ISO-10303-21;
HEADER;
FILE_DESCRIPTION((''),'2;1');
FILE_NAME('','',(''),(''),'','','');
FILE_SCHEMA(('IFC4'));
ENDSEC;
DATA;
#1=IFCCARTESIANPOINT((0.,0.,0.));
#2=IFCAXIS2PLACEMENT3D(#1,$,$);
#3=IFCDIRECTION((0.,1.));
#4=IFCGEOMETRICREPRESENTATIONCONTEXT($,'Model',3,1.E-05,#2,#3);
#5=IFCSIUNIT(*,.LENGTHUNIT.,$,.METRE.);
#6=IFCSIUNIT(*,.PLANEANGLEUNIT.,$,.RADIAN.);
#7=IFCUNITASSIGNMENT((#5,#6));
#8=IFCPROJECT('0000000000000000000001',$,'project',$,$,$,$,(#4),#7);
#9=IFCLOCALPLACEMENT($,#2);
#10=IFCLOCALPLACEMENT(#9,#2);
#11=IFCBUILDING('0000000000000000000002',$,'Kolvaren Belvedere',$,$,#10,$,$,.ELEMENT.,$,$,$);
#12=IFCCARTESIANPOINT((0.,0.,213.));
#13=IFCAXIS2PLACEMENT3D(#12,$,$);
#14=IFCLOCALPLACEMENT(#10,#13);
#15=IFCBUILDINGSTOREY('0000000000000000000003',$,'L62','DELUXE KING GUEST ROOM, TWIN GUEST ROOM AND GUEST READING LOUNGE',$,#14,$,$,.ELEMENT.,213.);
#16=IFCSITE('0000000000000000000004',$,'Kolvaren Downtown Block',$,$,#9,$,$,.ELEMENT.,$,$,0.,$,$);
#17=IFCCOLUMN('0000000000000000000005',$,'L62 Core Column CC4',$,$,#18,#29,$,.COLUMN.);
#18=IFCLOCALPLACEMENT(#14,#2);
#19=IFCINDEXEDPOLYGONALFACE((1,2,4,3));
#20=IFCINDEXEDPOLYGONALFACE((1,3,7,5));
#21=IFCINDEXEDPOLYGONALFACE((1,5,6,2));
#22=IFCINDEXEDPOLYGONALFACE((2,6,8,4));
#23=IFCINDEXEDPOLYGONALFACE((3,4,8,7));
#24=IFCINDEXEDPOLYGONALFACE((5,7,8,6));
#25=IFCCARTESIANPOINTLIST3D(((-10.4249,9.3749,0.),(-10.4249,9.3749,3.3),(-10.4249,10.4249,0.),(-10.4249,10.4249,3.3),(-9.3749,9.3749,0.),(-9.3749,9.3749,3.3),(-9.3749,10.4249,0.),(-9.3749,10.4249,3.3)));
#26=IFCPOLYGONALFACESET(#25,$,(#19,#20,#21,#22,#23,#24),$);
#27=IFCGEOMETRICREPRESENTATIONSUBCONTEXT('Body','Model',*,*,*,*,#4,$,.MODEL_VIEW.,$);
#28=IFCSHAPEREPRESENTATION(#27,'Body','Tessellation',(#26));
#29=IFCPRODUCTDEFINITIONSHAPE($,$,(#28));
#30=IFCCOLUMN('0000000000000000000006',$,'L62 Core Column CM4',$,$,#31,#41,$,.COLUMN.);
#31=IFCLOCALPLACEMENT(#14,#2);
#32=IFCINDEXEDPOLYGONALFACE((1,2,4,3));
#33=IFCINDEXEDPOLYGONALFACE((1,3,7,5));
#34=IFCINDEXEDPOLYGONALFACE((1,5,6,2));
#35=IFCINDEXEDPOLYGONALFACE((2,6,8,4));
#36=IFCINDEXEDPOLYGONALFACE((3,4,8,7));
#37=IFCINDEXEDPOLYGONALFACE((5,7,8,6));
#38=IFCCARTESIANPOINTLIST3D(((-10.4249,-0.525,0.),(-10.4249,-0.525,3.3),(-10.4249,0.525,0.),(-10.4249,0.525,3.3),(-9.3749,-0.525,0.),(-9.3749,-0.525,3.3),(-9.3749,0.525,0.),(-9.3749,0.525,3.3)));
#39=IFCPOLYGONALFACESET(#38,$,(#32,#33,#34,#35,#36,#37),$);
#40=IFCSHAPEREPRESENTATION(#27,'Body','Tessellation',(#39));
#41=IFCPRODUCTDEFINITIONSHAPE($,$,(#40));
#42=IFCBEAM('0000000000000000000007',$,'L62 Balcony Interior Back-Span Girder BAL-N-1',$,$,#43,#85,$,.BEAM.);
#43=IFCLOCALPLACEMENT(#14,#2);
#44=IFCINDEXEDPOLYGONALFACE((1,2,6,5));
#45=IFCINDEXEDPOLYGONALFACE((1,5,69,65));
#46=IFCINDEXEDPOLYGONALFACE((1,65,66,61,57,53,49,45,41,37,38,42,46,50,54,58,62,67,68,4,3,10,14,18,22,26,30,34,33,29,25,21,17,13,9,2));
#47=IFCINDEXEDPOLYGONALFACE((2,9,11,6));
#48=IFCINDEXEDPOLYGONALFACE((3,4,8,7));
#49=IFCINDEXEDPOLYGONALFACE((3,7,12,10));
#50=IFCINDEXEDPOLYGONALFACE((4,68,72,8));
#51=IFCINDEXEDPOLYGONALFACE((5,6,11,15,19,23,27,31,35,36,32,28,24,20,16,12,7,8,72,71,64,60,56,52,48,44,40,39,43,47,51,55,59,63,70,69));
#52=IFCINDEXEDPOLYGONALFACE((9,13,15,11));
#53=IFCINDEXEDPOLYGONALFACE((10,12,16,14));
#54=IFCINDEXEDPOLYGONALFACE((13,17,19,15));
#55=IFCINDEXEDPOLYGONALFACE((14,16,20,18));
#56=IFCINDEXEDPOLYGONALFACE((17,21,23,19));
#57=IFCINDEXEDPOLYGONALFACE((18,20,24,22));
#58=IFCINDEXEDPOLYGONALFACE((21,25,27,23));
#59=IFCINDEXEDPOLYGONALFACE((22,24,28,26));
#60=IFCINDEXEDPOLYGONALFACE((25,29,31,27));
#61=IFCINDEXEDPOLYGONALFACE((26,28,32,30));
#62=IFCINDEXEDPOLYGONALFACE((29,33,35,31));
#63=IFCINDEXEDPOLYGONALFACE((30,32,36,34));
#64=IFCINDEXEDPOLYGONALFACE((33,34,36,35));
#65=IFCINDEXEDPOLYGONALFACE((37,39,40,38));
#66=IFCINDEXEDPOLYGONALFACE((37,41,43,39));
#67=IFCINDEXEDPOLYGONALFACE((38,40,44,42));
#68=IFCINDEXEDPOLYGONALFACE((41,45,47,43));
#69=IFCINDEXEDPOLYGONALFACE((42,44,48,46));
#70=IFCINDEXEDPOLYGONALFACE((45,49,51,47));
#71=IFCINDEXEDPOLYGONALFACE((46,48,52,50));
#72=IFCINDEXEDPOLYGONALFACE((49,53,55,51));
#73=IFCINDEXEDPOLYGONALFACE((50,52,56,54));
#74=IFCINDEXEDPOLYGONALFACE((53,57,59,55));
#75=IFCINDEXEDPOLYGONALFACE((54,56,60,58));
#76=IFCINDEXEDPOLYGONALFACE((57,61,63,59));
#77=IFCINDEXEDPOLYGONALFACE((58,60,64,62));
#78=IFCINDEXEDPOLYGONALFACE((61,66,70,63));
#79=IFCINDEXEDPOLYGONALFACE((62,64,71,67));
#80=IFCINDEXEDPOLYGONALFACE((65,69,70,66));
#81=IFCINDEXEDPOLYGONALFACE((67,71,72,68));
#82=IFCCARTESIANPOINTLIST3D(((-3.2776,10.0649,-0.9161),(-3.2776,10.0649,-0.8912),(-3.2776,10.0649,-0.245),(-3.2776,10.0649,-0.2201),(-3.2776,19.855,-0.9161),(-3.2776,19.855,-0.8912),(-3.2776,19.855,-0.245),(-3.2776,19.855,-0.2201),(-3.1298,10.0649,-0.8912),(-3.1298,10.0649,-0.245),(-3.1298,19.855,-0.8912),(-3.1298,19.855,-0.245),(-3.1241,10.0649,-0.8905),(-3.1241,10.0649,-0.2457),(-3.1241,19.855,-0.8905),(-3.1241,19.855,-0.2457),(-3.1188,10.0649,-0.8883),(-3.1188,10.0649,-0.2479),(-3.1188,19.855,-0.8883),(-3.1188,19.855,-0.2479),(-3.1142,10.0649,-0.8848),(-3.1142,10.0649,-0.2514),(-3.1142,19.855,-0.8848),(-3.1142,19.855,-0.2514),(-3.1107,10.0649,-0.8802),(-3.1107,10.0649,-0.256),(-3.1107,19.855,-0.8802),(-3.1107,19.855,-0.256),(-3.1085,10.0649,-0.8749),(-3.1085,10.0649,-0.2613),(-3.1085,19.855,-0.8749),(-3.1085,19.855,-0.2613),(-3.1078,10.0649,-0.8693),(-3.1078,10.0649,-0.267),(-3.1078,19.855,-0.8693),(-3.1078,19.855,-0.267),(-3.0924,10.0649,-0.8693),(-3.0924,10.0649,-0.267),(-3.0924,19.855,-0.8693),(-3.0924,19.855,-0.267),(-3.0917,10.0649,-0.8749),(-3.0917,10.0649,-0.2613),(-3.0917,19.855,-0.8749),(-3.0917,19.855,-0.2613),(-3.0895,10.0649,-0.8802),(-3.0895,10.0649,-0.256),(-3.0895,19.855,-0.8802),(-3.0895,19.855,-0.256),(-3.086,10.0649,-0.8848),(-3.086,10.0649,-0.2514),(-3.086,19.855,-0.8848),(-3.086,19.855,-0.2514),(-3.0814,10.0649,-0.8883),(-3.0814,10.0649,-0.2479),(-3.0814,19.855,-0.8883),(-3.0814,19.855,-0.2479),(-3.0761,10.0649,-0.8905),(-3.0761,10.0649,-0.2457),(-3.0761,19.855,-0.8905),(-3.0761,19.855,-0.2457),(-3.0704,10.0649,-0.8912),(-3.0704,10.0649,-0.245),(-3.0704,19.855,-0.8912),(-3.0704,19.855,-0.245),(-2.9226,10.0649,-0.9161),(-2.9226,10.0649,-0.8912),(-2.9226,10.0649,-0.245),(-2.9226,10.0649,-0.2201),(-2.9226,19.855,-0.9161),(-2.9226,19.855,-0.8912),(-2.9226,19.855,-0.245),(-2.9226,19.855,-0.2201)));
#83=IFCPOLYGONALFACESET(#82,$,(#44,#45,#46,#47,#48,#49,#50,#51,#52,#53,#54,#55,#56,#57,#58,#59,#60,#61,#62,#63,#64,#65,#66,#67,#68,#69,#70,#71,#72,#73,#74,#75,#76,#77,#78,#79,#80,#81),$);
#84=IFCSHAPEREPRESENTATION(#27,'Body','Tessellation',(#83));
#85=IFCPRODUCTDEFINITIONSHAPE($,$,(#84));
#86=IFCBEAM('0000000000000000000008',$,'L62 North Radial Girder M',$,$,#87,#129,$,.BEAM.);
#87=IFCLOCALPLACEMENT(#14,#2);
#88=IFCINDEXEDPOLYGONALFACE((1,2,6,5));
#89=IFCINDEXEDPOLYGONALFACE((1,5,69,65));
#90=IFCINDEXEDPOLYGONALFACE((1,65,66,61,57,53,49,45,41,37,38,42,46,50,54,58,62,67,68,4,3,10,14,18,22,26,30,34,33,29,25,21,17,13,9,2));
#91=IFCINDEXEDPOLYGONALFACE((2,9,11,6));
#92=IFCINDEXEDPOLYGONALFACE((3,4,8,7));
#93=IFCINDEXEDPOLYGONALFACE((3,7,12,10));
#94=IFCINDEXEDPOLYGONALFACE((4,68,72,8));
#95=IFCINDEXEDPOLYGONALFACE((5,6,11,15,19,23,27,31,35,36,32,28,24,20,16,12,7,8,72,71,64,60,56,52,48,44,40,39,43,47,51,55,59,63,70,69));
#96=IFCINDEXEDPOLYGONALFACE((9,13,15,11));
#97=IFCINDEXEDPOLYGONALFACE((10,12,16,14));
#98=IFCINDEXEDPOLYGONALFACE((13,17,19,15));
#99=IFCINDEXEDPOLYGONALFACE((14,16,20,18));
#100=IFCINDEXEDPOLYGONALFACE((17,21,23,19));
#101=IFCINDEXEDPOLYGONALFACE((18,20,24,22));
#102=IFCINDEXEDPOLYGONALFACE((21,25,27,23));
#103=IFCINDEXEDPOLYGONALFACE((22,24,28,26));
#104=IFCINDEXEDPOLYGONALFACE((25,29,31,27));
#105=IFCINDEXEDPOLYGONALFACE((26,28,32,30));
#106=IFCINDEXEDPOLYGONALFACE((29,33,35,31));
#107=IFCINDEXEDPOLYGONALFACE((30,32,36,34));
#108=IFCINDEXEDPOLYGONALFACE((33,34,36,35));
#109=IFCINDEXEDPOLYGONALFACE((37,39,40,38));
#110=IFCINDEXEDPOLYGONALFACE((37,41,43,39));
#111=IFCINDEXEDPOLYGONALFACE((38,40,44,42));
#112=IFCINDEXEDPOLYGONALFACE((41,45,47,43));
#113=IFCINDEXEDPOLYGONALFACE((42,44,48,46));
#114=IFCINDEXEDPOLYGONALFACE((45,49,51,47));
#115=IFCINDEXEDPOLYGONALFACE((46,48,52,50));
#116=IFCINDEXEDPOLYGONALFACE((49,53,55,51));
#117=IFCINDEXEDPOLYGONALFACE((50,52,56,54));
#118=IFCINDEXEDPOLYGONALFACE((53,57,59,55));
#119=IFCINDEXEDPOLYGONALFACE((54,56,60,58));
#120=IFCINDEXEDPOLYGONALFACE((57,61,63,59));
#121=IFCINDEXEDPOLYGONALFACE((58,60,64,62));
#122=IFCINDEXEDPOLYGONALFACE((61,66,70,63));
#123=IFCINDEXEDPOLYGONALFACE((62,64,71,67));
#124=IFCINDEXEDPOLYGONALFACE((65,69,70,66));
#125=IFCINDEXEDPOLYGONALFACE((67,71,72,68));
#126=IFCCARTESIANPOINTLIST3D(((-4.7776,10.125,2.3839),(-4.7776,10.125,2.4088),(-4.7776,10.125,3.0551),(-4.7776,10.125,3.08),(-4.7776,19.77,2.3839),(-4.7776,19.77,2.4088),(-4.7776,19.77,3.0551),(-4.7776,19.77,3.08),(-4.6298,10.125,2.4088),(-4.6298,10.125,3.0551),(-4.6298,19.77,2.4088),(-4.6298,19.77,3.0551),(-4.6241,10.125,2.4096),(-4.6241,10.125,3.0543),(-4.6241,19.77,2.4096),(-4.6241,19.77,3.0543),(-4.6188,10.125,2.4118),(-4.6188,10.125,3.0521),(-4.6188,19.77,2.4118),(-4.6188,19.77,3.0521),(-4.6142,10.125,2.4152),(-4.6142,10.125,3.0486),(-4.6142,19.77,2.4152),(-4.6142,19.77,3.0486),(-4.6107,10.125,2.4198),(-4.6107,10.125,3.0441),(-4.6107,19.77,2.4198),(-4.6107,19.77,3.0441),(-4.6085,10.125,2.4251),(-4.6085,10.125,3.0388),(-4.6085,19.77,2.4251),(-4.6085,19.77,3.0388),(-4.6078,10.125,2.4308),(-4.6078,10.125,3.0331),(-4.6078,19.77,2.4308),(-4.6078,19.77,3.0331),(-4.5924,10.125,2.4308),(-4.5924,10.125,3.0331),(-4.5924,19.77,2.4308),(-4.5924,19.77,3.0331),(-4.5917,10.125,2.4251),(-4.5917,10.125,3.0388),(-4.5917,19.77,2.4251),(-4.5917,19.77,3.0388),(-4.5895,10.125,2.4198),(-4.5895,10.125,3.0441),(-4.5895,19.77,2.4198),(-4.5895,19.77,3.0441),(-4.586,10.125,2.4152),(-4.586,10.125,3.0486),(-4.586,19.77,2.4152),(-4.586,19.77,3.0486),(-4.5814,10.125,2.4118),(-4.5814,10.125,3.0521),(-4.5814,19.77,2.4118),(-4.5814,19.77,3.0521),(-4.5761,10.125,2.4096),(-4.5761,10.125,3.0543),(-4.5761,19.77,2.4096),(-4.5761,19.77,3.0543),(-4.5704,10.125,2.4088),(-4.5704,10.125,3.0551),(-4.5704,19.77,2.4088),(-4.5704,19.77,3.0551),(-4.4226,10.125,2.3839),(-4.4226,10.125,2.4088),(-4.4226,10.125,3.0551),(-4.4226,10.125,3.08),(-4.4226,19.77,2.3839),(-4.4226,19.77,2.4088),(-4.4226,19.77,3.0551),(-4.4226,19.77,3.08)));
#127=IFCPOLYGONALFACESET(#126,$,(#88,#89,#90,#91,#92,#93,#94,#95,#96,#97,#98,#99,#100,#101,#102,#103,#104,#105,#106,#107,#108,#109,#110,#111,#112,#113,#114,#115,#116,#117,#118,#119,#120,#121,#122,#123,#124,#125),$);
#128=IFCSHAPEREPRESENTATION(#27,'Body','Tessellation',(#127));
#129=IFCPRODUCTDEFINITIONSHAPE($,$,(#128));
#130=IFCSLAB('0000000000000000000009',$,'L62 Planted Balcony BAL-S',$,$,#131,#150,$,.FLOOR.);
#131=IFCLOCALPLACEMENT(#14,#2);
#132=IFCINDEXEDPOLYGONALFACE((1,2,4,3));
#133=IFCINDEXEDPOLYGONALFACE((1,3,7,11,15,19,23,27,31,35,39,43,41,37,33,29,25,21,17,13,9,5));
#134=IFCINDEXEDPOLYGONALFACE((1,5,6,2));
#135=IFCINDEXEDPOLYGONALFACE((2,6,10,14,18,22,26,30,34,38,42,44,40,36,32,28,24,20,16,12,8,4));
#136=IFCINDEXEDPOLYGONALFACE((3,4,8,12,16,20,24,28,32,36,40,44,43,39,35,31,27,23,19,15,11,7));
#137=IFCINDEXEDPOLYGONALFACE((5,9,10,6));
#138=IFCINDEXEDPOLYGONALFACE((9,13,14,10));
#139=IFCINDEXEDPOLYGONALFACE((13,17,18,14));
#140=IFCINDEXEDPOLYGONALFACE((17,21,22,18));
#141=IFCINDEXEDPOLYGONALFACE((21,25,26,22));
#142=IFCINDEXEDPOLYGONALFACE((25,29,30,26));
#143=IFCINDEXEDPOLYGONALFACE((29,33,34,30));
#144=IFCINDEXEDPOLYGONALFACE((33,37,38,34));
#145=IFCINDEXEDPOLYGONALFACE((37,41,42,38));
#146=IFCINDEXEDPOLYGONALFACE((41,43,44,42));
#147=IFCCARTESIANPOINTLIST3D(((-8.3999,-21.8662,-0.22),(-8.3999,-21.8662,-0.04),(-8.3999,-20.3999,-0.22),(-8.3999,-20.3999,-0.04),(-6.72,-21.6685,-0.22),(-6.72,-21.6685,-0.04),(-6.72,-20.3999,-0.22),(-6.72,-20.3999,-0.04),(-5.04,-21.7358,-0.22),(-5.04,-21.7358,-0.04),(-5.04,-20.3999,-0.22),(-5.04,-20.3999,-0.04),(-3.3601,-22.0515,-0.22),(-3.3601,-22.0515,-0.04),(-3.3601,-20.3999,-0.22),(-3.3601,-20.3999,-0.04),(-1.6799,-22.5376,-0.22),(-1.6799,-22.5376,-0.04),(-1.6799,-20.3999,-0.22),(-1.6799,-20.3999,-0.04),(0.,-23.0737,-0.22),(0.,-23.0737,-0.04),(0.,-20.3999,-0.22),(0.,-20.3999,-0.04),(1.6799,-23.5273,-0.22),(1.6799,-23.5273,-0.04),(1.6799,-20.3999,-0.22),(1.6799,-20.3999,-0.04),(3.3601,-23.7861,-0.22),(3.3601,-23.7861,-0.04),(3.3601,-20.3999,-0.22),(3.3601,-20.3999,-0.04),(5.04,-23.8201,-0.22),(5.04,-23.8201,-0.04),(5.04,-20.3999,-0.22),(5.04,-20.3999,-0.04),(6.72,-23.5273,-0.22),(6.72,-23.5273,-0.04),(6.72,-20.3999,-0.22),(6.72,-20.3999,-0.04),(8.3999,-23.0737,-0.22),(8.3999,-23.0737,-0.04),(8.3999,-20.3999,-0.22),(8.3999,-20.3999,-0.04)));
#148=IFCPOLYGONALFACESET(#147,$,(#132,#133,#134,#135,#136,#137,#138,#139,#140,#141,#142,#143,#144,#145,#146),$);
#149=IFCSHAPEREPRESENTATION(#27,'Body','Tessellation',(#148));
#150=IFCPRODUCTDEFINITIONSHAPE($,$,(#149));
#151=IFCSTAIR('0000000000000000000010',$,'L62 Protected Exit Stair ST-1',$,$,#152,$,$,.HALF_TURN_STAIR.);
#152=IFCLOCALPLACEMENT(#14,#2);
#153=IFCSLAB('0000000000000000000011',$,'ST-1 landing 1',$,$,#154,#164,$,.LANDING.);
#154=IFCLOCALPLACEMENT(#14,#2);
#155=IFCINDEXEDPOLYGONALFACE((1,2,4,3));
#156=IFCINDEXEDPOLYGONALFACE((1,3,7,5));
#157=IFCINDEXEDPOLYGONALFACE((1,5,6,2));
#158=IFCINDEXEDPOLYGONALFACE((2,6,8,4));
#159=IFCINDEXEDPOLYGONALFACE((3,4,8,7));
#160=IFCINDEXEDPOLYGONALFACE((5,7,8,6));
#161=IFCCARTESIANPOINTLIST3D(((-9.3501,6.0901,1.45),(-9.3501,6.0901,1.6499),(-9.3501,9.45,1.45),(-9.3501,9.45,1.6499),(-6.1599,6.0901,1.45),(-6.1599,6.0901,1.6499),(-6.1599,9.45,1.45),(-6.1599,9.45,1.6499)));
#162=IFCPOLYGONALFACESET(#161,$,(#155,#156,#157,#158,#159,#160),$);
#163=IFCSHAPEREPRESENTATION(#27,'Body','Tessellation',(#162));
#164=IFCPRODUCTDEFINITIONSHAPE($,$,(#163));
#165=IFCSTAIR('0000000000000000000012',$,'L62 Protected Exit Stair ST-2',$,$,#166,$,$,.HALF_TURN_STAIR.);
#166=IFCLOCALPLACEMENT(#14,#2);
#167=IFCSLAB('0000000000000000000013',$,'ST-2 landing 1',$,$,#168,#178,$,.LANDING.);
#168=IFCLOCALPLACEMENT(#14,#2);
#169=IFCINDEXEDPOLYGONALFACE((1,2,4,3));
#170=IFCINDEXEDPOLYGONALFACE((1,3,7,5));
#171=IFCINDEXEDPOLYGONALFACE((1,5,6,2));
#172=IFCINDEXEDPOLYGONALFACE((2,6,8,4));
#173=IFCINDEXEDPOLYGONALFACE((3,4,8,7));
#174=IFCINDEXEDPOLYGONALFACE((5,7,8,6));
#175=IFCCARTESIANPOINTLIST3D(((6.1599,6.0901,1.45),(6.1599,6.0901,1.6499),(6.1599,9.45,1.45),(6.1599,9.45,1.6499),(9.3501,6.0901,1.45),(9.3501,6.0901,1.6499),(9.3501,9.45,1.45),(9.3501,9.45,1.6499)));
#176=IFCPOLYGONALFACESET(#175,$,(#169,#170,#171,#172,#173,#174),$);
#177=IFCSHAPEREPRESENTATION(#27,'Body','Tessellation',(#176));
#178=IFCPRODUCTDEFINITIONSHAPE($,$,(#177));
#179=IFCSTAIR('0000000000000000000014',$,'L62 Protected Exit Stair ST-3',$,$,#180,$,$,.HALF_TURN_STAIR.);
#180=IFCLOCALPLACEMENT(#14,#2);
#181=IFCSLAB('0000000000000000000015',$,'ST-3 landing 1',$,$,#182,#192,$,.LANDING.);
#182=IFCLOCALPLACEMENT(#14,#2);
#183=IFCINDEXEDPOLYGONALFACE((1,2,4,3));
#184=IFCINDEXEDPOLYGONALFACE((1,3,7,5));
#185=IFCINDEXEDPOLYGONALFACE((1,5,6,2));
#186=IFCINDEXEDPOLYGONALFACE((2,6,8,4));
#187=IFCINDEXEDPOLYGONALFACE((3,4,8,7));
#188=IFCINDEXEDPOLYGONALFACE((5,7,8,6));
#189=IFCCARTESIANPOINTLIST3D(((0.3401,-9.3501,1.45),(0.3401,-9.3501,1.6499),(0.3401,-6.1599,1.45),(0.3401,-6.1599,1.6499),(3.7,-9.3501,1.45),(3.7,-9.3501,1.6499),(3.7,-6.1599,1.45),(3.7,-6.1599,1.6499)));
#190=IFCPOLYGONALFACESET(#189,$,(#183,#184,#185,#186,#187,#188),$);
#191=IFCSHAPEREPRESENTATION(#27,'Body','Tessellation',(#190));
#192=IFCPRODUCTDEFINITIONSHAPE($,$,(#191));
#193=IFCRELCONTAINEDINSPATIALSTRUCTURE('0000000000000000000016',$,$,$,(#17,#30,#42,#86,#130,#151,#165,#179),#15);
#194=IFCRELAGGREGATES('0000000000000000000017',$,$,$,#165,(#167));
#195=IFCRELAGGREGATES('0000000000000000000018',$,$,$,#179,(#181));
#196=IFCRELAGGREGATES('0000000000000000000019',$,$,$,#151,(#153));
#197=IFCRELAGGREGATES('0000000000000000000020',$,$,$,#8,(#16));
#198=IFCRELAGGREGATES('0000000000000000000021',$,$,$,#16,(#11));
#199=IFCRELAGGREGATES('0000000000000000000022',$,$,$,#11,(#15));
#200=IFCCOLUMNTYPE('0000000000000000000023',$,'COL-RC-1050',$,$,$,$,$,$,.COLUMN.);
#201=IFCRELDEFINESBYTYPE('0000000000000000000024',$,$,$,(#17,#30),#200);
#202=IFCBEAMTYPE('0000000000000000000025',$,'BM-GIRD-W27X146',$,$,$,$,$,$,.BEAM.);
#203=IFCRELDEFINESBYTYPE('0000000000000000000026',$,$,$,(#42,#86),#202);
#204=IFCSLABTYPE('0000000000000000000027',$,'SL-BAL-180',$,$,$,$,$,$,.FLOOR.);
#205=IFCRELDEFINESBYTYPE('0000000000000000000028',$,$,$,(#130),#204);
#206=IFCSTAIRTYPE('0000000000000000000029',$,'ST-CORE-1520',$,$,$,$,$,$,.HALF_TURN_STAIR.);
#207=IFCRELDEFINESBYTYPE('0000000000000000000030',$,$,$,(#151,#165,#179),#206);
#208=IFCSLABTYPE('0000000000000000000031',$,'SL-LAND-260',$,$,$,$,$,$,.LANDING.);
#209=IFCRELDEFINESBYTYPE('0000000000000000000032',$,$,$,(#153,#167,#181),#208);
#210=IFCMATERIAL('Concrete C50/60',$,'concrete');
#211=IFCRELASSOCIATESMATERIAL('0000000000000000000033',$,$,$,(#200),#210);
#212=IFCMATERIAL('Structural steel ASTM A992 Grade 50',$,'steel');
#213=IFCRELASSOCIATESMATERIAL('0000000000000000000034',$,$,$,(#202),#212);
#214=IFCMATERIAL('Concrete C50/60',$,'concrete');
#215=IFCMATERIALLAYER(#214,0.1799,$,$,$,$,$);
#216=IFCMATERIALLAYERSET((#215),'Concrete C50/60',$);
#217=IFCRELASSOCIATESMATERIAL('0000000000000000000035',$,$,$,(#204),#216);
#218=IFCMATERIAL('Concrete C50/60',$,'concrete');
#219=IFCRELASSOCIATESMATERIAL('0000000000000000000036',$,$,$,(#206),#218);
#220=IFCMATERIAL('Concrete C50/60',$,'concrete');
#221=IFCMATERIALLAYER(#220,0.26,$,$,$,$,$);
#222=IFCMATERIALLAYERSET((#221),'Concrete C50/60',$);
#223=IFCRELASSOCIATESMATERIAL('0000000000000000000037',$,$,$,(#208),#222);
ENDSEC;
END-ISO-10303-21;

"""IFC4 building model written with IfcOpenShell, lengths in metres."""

from ifc_helpers import new_model, si_unit, direction, frame, origin, origin_2d, place, context, subcontext, project, spatial, polyline, rectangle, i_section, outline, extrude, material, layer, layer_set, material_profile, profile_set, type_object, element, aggregate, save


model = new_model("IFC4")

# Units and contexts
model_context = context("Model", 3, precision=1e-05, world=origin(), true_north=direction((0.0, 1.0)))
body_context = subcontext(model_context, "Body", "Model", "MODEL_VIEW")
ifc_project = project(units=[si_unit("LENGTHUNIT", "METRE"), si_unit("PLANEANGLEUNIT", "RADIAN")], contexts=[model_context])

# Site, building, storey
site_placement = place(None, origin())
site = spatial("IfcSite", under=ifc_project, at=site_placement, Name="Kolvaren Downtown Block", CompositionType="ELEMENT", RefElevation=0.0)
building_placement = place(site_placement, origin())
building = spatial("IfcBuilding", under=site, at=building_placement, Name="Kolvaren Belvedere", CompositionType="ELEMENT")
storey_placement = place(building_placement, frame((0.0, 0.0, 213.0)))
storey = spatial("IfcBuildingStorey", under=building, at=storey_placement, Name="L62", Description="DELUXE KING GUEST ROOM, TWIN GUEST ROOM AND GUEST READING LOUNGE", CompositionType="ELEMENT", Elevation=213.0)

# Columns
ifc_material_1 = material(Name="Concrete C50/60", Category="concrete")
ifc_material_profile_1 = material_profile(ifc_material_1, rectangle(XDim=1.05, YDim=1.05, at=origin_2d()), Name="RC 1050X1050")
ifc_profile_set_1 = profile_set([ifc_material_profile_1], Name="Concrete C50/60")
column_type = type_object("IfcColumnType", Name="COL-RC-1050", PredefinedType="COLUMN", material=ifc_profile_set_1)
for number, where, z_axis, x_axis, name in (
    (1, (-9.8999, 9.8999, 0.0), (0.0, 0.0, 1.0), (1.0, 0.0, 0.0), "L62 Core Column CC4"),
    (2, (-9.8999, 0.0, 0.0), (0.0, 0.0, 1.0), (1.0, 0.0, 0.0), "L62 Core Column CM4"),
):
    element("IfcColumn", number, at=place(storey_placement, frame(where, z_axis=z_axis, x_axis=x_axis)), inside=storey, type_object=column_type, Name=name, PredefinedType="COLUMN", context=body_context, shape_type="SweptSolid", body=[
        extrude(rectangle(XDim=1.05, YDim=1.05, at=origin_2d()), origin(), (0.0, 0.0, 1.0), 3.3),
    ])

# Beams
ifc_material_2 = material(Name="Structural steel ASTM A992 Grade 50", Category="steel")
ifc_material_profile_2 = material_profile(ifc_material_2, i_section(OverallWidth=0.355, OverallDepth=0.696, WebThickness=0.0154, FlangeThickness=0.0249, FilletRadius=0.022, at=origin_2d()), Name="W27X146")
ifc_profile_set_2 = profile_set([ifc_material_profile_2], Name="Structural steel ASTM A992 Grade 50")
beam_type = type_object("IfcBeamType", Name="BM-GIRD-W27X146", PredefinedType="BEAM", material=ifc_profile_set_2)
beam_1_placement = place(storey_placement, frame((-3.1001, 10.0649, -0.5681), z_axis=(0.0, 1.0, 0.0), x_axis=(-1.0, 0.0, 0.0)))
element("IfcBeam", 3, at=beam_1_placement, inside=storey, type_object=beam_type, Name="L62 Balcony Interior Back-Span Girder BAL-N-1", PredefinedType="BEAM", context=body_context, shape_type="SweptSolid", body=[
    extrude(i_section(OverallWidth=0.355, OverallDepth=0.696, WebThickness=0.0154, FlangeThickness=0.0249, FilletRadius=0.022, at=origin_2d()), origin(), (0.0, 0.0, 1.0), 9.79),
])
beam_2_placement = place(storey_placement, frame((-4.6001, 10.125, 2.7319), z_axis=(0.0, 1.0, 0.0), x_axis=(-1.0, 0.0, 0.0)))
element("IfcBeam", 4, at=beam_2_placement, inside=storey, type_object=beam_type, Name="L62 North Radial Girder M", PredefinedType="BEAM", context=body_context, shape_type="SweptSolid", body=[
    extrude(i_section(OverallWidth=0.355, OverallDepth=0.696, WebThickness=0.0154, FlangeThickness=0.0249, FilletRadius=0.022, at=origin_2d()), origin(), (0.0, 0.0, 1.0), 9.645),
])

# Slab
ifc_material_3 = material(Name="Concrete C50/60", Category="concrete")
ifc_layer_1 = layer(ifc_material_3, 0.1799)
ifc_layer_set_1 = layer_set([ifc_layer_1], Name="Concrete C50/60")
slab_type_1 = type_object("IfcSlabType", Name="SL-BAL-180", PredefinedType="FLOOR", material=ifc_layer_set_1)
slab_1_placement = place(storey_placement, frame((0.0, 0.0, -0.22)))
element("IfcSlab", 5, at=slab_1_placement, inside=storey, type_object=slab_type_1, Name="L62 Planted Balcony BAL-S", PredefinedType="FLOOR", context=body_context, shape_type="SweptSolid", body=[
    extrude(outline(polyline([(-8.3999, -21.8662), (-6.72, -21.6685), (-5.04, -21.7358), (-3.3601, -22.0515), (-1.6799, -22.5376), (0.0, -23.0737), (1.6799, -23.5273), (3.3601, -23.7861), (5.04, -23.8201), (6.72, -23.5273), (8.3999, -23.0737), (8.3999, -20.3999), (6.72, -20.3999), (5.04, -20.3999), (3.3601, -20.3999), (1.6799, -20.3999), (0.0, -20.3999), (-1.6799, -20.3999), (-3.3601, -20.3999), (-5.04, -20.3999), (-6.72, -20.3999), (-8.3999, -20.3999), (-8.3999, -21.8662)])), origin(), (0.0, 0.0, 1.0), 0.1799),
])

# Stairs, slabs
ifc_material_4 = material(Name="Concrete C50/60", Category="concrete")
stair_type = type_object("IfcStairType", Name="ST-CORE-1520", PredefinedType="HALF_TURN_STAIR", material=ifc_material_4)
stair_1_placement = place(storey_placement, origin())
stair_1 = element("IfcStair", 6, at=stair_1_placement, inside=storey, type_object=stair_type, Name="L62 Protected Exit Stair ST-1", PredefinedType="HALF_TURN_STAIR")
ifc_material_5 = material(Name="Concrete C50/60", Category="concrete")
ifc_layer_2 = layer(ifc_material_5, 0.26)
ifc_layer_set_2 = layer_set([ifc_layer_2], Name="Concrete C50/60")
slab_type_2 = type_object("IfcSlabType", Name="SL-LAND-260", PredefinedType="LANDING", material=ifc_layer_set_2)
slab_2_placement = place(storey_placement, frame((0.0, 0.0, 1.45)))
slab_2 = element("IfcSlab", 7, at=slab_2_placement, type_object=slab_type_2, Name="ST-1 landing 1", PredefinedType="LANDING", context=body_context, shape_type="SweptSolid", body=[
    extrude(outline(polyline([(-6.1599, 6.0901), (-6.1599, 9.45), (-9.3501, 9.45), (-9.3501, 6.0901), (-6.1599, 6.0901)])), origin(), (0.0, 0.0, 1.0), 0.2),
])
stair_2_placement = place(storey_placement, origin())
stair_2 = element("IfcStair", 8, at=stair_2_placement, inside=storey, type_object=stair_type, Name="L62 Protected Exit Stair ST-2", PredefinedType="HALF_TURN_STAIR")
slab_3_placement = place(storey_placement, frame((0.0, 0.0, 1.45)))
slab_3 = element("IfcSlab", 9, at=slab_3_placement, type_object=slab_type_2, Name="ST-2 landing 1", PredefinedType="LANDING", context=body_context, shape_type="SweptSolid", body=[
    extrude(outline(polyline([(9.3501, 6.0901), (9.3501, 9.45), (6.1599, 9.45), (6.1599, 6.0901), (9.3501, 6.0901)])), origin(), (0.0, 0.0, 1.0), 0.2),
])
aggregate(stair_2, [slab_3])
stair_3_placement = place(storey_placement, origin())
stair_3 = element("IfcStair", 10, at=stair_3_placement, inside=storey, type_object=stair_type, Name="L62 Protected Exit Stair ST-3", PredefinedType="HALF_TURN_STAIR")
slab_4_placement = place(storey_placement, frame((0.0, 0.0, 1.45)))
slab_4 = element("IfcSlab", 11, at=slab_4_placement, type_object=slab_type_2, Name="ST-3 landing 1", PredefinedType="LANDING", context=body_context, shape_type="SweptSolid", body=[
    extrude(outline(polyline([(0.3401, -9.3501), (3.7, -9.3501), (3.7, -6.1599), (0.3401, -6.1599), (0.3401, -9.3501)])), origin(), (0.0, 0.0, 1.0), 0.2),
])
aggregate(stair_3, [slab_4])

aggregate(stair_1, [slab_2])

save(model, "model.ifc")
